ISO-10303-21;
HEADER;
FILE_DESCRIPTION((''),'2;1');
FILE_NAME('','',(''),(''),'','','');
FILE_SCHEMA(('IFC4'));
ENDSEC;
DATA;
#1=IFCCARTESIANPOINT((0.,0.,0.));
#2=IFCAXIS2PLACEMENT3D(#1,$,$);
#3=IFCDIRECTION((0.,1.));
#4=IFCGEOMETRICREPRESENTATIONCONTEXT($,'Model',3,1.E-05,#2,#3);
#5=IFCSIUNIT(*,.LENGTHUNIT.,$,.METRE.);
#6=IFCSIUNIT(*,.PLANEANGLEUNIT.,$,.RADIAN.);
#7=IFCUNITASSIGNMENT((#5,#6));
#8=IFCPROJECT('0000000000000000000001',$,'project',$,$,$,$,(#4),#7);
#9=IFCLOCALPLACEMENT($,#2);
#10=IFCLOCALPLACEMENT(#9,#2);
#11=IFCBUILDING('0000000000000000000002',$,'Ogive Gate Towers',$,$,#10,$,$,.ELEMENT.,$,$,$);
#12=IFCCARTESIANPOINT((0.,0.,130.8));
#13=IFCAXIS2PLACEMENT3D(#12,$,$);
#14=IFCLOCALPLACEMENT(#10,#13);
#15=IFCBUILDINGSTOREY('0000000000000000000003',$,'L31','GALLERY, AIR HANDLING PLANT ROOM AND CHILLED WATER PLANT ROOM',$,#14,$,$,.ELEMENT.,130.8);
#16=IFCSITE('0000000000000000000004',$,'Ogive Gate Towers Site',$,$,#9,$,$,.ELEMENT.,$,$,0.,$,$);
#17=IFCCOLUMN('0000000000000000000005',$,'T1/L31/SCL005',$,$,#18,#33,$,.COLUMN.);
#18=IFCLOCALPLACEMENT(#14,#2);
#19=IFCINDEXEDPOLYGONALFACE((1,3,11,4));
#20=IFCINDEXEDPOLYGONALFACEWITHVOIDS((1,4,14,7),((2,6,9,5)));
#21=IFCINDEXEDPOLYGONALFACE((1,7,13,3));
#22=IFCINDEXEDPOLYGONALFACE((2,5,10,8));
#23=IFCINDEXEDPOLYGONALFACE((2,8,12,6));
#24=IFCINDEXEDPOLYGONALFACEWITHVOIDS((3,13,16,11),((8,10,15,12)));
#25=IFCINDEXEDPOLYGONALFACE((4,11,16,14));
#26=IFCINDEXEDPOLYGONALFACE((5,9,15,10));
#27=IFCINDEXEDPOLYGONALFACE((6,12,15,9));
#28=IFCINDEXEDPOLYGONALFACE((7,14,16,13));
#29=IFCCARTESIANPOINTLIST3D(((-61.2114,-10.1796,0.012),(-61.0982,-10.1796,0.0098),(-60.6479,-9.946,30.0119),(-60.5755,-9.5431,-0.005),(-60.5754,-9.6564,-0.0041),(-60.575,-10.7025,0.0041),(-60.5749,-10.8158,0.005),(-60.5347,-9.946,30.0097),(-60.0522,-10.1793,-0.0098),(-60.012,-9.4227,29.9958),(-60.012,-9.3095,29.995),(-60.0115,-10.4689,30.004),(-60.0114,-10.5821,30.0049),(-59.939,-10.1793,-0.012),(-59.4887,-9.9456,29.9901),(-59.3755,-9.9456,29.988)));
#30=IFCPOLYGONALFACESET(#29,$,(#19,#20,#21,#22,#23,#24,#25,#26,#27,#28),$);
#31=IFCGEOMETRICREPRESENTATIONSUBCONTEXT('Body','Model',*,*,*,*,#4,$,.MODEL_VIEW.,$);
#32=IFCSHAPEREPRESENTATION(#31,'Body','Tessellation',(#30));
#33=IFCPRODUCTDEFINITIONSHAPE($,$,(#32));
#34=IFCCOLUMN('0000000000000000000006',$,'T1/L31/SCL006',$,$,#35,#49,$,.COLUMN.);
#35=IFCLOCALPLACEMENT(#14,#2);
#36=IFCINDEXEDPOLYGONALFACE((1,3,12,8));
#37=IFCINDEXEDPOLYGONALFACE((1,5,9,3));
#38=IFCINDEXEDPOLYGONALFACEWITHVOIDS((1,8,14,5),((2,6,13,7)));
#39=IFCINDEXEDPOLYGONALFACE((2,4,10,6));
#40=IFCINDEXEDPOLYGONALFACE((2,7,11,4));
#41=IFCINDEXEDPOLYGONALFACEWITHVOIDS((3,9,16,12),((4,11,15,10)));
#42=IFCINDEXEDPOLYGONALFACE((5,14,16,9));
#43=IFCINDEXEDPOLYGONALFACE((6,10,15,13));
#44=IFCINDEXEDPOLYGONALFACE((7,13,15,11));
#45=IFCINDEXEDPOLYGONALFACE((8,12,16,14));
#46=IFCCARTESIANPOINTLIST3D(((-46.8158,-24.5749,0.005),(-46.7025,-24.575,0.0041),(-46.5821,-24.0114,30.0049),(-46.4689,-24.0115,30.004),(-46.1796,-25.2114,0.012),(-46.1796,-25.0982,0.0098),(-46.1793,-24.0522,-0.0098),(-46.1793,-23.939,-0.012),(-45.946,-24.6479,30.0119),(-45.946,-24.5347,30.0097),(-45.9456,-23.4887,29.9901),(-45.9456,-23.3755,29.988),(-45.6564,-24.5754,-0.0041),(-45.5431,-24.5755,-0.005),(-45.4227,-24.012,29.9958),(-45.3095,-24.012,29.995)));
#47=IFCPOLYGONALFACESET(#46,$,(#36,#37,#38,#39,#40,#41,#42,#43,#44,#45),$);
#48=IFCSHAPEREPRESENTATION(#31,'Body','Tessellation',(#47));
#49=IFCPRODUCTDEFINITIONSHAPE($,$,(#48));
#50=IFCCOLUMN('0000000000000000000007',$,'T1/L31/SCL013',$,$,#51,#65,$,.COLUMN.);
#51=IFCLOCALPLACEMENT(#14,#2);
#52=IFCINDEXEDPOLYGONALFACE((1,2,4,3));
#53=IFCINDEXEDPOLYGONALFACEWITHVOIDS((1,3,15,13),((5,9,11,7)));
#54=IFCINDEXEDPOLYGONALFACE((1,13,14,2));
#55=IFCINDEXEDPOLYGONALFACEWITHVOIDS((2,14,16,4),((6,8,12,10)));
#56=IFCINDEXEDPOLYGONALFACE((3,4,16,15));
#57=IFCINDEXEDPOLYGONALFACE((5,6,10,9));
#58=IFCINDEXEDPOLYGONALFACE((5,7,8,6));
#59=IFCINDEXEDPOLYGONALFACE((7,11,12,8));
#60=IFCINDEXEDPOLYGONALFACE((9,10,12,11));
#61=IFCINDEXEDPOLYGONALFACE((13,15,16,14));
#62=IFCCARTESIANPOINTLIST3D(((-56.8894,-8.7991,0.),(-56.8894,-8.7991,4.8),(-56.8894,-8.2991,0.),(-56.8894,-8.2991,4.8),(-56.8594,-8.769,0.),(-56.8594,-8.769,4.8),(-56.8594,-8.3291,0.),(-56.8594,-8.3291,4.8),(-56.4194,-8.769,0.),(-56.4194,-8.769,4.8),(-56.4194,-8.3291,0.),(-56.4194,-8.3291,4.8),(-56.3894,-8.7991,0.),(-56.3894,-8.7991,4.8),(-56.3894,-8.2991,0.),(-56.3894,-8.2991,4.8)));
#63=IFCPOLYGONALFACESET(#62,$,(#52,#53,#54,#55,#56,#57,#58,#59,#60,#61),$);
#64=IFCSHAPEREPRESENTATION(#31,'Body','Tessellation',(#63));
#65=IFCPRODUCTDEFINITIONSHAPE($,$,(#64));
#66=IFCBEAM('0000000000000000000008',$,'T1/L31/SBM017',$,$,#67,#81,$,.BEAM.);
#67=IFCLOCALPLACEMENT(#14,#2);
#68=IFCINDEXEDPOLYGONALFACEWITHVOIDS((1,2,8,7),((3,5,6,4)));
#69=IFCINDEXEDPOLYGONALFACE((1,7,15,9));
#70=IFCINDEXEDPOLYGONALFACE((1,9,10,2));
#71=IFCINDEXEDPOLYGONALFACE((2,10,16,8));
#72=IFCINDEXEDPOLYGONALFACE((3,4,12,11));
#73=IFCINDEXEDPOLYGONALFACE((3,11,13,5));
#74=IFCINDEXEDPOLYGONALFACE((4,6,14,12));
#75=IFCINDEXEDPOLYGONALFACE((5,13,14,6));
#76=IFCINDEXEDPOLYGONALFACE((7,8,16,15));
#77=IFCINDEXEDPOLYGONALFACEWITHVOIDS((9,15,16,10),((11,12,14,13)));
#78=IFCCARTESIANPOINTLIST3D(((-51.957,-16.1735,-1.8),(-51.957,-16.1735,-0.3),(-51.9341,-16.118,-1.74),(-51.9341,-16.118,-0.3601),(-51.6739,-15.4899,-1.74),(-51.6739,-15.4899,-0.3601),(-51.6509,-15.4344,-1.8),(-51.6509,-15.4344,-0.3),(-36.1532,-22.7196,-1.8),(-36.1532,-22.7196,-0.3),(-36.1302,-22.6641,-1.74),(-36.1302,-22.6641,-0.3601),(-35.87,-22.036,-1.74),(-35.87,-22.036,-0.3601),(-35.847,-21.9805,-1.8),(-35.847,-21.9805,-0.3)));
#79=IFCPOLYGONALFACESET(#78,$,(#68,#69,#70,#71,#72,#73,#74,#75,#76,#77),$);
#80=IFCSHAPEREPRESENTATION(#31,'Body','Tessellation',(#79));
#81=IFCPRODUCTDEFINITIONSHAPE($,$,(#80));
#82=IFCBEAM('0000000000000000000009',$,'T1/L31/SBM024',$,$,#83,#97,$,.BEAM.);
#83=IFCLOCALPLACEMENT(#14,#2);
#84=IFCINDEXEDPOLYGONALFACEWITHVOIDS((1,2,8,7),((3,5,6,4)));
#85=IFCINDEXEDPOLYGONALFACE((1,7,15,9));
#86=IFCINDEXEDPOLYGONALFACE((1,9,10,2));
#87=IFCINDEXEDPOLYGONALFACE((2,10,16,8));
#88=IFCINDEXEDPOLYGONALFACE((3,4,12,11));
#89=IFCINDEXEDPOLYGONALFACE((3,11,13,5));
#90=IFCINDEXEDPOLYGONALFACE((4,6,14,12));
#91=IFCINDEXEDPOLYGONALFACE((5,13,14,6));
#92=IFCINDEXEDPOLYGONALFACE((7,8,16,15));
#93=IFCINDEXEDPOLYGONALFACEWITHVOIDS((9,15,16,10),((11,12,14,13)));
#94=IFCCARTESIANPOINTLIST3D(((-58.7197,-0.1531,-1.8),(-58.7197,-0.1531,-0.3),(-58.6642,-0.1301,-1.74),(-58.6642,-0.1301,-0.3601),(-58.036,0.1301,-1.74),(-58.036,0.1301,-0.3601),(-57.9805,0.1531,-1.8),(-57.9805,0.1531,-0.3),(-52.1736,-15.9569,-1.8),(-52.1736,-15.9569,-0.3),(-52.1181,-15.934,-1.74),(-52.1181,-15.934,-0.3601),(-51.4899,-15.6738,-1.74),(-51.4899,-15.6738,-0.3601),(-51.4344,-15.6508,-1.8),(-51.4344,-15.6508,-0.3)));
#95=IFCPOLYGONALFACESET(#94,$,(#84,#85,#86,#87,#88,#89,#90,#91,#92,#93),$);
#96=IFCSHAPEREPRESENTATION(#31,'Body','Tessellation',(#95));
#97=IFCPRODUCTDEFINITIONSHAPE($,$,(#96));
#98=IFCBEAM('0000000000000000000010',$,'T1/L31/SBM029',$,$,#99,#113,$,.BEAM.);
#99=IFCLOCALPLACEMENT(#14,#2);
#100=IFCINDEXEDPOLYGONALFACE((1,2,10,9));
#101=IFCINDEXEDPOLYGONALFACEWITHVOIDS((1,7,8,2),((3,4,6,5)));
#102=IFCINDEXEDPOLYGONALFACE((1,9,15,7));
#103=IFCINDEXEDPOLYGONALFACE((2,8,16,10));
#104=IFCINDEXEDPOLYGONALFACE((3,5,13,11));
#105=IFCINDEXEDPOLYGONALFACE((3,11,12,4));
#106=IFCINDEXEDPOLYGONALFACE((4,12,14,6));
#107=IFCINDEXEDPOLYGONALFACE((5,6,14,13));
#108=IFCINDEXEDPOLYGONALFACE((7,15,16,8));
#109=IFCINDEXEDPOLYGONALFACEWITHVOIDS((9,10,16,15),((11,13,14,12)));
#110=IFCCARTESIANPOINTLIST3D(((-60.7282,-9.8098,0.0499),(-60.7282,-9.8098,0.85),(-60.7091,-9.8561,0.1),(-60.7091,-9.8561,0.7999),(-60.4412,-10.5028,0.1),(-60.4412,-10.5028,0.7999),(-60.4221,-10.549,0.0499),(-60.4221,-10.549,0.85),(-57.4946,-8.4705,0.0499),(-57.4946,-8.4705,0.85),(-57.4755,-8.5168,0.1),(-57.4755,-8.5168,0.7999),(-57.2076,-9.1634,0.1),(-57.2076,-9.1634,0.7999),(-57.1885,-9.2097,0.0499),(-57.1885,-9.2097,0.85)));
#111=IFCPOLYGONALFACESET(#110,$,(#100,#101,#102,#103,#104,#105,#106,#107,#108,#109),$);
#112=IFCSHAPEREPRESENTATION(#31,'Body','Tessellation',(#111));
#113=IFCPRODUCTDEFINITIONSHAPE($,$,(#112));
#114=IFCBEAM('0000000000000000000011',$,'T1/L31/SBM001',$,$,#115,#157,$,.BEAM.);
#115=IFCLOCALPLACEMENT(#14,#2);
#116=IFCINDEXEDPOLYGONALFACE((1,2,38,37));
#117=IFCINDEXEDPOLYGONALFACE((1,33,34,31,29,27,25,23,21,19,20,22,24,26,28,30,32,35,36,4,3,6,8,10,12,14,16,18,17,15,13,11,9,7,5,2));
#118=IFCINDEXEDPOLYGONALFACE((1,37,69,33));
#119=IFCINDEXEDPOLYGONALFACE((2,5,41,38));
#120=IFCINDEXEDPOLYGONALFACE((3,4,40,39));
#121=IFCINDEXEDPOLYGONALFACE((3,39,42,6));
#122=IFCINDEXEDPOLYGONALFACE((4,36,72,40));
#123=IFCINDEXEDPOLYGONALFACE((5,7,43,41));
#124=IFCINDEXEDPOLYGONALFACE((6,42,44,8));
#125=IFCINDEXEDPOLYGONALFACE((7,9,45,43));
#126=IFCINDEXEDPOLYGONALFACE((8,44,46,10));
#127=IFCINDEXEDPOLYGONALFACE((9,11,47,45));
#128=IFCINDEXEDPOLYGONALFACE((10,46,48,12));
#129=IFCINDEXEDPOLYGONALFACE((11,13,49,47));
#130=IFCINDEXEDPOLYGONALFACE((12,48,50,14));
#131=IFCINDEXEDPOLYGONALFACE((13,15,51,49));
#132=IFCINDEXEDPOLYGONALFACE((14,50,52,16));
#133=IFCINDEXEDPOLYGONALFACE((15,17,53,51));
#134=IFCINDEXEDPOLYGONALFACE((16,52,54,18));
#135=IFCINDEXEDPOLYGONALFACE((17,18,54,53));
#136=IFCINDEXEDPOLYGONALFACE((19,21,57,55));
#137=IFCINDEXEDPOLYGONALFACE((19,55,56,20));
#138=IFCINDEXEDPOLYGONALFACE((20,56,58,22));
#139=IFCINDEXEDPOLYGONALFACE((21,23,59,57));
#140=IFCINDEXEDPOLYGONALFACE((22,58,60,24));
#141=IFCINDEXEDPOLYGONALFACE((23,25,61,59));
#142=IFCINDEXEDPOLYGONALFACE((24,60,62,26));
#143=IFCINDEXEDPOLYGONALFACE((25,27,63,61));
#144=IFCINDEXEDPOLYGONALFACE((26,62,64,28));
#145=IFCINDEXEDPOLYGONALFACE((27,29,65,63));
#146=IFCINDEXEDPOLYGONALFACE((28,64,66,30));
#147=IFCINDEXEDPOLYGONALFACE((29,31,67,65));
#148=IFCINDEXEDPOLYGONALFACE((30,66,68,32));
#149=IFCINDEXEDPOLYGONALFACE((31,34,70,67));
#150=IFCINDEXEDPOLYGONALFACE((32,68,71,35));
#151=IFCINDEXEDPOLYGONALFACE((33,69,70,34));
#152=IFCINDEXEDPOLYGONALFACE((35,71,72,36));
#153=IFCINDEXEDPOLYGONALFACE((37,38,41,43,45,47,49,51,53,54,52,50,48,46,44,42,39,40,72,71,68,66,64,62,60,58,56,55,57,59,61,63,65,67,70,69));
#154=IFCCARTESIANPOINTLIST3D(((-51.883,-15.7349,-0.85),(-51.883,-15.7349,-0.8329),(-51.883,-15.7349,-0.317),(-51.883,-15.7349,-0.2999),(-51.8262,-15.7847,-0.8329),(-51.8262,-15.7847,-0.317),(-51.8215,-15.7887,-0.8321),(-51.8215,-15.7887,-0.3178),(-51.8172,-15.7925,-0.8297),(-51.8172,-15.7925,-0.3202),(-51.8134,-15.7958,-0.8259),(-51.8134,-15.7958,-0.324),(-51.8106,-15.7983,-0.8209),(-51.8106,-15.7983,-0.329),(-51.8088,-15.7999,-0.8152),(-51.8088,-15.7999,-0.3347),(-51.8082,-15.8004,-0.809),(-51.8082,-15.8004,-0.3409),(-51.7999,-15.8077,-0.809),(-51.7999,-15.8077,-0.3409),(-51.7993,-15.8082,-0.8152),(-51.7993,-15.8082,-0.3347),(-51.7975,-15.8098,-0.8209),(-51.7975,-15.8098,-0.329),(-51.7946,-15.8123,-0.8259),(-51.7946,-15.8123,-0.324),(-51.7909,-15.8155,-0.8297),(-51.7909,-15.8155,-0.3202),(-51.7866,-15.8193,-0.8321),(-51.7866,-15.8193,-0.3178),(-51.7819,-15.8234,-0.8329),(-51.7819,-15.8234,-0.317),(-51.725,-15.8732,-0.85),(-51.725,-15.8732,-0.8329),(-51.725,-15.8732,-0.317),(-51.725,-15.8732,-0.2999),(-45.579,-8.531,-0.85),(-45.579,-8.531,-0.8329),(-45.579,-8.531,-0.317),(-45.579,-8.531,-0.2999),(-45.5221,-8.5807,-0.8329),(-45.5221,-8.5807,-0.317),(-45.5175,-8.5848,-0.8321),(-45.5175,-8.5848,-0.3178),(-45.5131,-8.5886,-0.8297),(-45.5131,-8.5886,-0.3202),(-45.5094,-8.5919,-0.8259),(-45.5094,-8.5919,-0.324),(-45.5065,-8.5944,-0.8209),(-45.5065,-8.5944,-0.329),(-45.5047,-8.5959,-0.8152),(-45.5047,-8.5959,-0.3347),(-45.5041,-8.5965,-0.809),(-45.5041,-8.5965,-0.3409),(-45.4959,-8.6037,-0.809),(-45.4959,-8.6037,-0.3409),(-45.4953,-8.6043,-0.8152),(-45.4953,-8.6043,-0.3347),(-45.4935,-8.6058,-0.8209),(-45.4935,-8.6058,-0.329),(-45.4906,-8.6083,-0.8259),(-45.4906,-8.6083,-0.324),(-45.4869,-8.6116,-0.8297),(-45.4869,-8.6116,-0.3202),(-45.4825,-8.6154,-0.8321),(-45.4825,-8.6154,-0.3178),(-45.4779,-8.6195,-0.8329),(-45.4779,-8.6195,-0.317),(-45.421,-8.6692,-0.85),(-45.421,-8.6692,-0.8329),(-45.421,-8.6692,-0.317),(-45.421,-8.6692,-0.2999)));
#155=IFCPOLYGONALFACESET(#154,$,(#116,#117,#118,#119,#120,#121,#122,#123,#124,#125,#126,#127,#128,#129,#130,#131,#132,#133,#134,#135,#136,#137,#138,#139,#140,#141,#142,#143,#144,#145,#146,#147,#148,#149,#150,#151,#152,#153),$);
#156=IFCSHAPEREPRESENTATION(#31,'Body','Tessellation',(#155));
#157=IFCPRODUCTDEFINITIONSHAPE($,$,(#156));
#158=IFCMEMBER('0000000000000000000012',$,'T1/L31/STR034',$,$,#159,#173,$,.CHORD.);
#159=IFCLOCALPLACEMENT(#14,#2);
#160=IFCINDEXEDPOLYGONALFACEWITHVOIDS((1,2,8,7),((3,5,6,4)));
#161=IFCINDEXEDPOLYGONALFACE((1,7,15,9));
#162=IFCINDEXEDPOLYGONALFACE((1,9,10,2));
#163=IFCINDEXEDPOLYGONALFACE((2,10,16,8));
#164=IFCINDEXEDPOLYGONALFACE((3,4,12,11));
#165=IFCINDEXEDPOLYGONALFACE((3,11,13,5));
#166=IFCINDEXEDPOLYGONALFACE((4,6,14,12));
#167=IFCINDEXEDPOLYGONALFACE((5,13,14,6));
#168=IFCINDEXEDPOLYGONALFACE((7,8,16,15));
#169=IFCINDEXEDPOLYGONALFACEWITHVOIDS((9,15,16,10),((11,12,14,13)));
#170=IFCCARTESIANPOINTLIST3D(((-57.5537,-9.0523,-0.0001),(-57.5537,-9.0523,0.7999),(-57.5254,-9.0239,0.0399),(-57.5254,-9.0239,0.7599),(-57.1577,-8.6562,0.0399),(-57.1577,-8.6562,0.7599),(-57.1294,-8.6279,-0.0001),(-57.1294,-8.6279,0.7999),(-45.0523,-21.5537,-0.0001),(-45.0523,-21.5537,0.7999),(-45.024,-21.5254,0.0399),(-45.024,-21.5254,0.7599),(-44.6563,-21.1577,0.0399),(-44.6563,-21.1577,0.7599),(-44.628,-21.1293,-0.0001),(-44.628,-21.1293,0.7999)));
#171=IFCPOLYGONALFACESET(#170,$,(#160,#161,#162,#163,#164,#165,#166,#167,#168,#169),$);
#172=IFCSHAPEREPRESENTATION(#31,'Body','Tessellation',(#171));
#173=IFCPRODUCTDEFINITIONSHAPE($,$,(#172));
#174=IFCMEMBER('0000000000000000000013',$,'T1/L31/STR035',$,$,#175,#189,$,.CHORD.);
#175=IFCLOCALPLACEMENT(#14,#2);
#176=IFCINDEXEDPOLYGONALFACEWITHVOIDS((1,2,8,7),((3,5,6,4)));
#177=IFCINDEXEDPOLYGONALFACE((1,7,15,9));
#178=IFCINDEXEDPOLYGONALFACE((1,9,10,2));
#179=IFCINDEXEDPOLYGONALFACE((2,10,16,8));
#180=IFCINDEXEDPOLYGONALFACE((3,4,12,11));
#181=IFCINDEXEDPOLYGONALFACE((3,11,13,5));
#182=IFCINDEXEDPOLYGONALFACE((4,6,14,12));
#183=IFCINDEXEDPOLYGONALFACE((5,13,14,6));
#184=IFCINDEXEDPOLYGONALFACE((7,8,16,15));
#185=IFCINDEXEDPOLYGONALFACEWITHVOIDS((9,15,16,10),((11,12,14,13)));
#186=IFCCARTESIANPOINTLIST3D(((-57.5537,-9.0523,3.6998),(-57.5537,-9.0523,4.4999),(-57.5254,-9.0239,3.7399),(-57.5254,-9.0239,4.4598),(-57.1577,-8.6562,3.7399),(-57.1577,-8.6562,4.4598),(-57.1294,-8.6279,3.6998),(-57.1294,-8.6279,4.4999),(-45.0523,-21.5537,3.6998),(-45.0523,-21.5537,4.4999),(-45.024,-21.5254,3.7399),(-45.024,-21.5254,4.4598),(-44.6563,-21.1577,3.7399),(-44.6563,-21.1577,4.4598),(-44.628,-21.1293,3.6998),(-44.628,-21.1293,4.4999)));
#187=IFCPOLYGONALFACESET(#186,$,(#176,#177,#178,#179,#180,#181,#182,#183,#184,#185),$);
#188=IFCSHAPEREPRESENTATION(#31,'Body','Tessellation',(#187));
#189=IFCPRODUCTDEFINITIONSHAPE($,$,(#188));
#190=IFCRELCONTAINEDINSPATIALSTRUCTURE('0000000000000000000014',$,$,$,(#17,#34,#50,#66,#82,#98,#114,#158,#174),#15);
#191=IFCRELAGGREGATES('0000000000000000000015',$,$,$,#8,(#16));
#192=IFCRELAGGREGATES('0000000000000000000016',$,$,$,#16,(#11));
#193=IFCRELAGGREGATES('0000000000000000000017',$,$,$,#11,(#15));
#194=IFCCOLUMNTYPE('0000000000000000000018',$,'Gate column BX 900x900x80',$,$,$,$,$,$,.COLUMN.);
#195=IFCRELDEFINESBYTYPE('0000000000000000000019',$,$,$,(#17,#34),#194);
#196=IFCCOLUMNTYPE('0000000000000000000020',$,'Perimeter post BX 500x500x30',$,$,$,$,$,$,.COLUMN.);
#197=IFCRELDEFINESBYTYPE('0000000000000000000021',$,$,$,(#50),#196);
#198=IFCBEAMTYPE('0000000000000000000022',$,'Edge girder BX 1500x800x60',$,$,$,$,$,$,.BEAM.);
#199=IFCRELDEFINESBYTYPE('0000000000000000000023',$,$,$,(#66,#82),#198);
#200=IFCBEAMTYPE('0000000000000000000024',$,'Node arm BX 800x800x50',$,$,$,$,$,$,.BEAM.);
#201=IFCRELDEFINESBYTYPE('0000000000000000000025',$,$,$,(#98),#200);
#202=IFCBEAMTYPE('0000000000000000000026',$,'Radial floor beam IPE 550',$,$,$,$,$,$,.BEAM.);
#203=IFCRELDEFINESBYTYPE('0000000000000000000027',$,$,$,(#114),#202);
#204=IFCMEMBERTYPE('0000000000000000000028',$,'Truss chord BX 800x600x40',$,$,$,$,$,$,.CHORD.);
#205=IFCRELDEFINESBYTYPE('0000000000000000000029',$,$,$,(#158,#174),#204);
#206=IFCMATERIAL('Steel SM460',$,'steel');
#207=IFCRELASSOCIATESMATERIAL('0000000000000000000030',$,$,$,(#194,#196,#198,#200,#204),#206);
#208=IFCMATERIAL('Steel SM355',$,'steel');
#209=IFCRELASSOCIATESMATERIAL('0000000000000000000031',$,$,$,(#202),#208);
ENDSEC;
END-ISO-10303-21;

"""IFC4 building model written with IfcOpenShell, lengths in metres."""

from ifc_helpers import new_model, si_unit, direction, frame, origin, origin_2d, place, context, subcontext, project, spatial, hollow_rectangle, i_section, extrude, material, material_profile, profile_set, type_object, element, save


model = new_model("IFC4")

# Units and contexts
model_context = context("Model", 3, precision=1e-05, world=origin(), true_north=direction((0.0, 1.0)))
body_context = subcontext(model_context, "Body", "Model", "MODEL_VIEW")
ifc_project = project(units=[si_unit("LENGTHUNIT", "METRE"), si_unit("PLANEANGLEUNIT", "RADIAN")], contexts=[model_context])

# Site, building, storey
site_placement = place(None, origin())
site = spatial("IfcSite", under=ifc_project, at=site_placement, Name="Ogive Gate Towers Site", CompositionType="ELEMENT", RefElevation=0.0)
building_placement = place(site_placement, origin())
building = spatial("IfcBuilding", under=site, at=building_placement, Name="Ogive Gate Towers", CompositionType="ELEMENT")
storey_placement = place(building_placement, frame((0.0, 0.0, 130.8)))
storey = spatial("IfcBuildingStorey", under=building, at=storey_placement, Name="L31", Description="GALLERY, AIR HANDLING PLANT ROOM AND CHILLED WATER PLANT ROOM", CompositionType="ELEMENT", Elevation=130.8)

# Columns
ifc_material_1 = material(Name="Steel SM460", Category="steel")
ifc_material_profile_1 = material_profile(ifc_material_1, hollow_rectangle(XDim=0.8999, YDim=0.8999, WallThickness=0.0801, at=origin_2d()), Name="BX 900x900x80")
ifc_profile_set_1 = profile_set([ifc_material_profile_1], Name="Steel SM460")
column_type_1 = type_object("IfcColumnType", Name="Gate column BX 900x900x80", PredefinedType="COLUMN", material=ifc_profile_set_1)
for number, where, z_axis, x_axis, name in (
    (1, (-60.5752, -10.1794, 0.0), (0.018779, 0.007786, 0.999793), (0.707294, -0.706877, -0.00778), "T1/L31/SCL005"),
    (2, (-46.1794, -24.5752, 0.0), (0.007786, 0.018779, 0.999793), (0.707294, 0.70667, -0.018782), "T1/L31/SCL006"),
):
    element("IfcColumn", number, at=place(storey_placement, frame(where, z_axis=z_axis, x_axis=x_axis)), inside=storey, type_object=column_type_1, Name=name, PredefinedType="COLUMN", context=body_context, shape_type="SweptSolid", body=[
        extrude(hollow_rectangle(XDim=0.8999, YDim=0.8999, WallThickness=0.0801, at=origin_2d()), origin(), (0.0, 0.0, 1.0), 30.0061),
    ])
ifc_material_profile_2 = material_profile(ifc_material_1, hollow_rectangle(XDim=0.5, YDim=0.5, WallThickness=0.03, at=origin_2d()), Name="BX 500x500x30")
ifc_profile_set_2 = profile_set([ifc_material_profile_2], Name="Steel SM460")
column_type_2 = type_object("IfcColumnType", Name="Perimeter post BX 500x500x30", PredefinedType="COLUMN", material=ifc_profile_set_2)
column_placement = place(storey_placement, frame((-56.6394, -8.5491, 0.0), z_axis=(0.0, 0.0, 1.0), x_axis=(1.0, 0.0, 0.0)))
element("IfcColumn", 3, at=column_placement, inside=storey, type_object=column_type_2, Name="T1/L31/SCL013", PredefinedType="COLUMN", context=body_context, shape_type="SweptSolid", body=[
    extrude(hollow_rectangle(XDim=0.5, YDim=0.5, WallThickness=0.03, at=origin_2d()), origin(), (0.0, 0.0, 1.0), 4.8),
])

# Beams
ifc_material_profile_3 = material_profile(ifc_material_1, hollow_rectangle(XDim=0.8, YDim=1.5, WallThickness=0.0601, at=origin_2d()), Name="BX 1500x800x60")
ifc_profile_set_3 = profile_set([ifc_material_profile_3], Name="Steel SM460")
beam_type_1 = type_object("IfcBeamType", Name="Edge girder BX 1500x800x60", PredefinedType="BEAM", material=ifc_profile_set_3)
for number, where, z_axis, x_axis, name in (
    (4, (-51.804, -15.804, -1.05), (0.923881, -0.38268, 0.0), (0.38268, 0.923881, 0.0), "T1/L31/SBM017"),
    (5, (-58.3501, 0.0, -1.05), (0.38268, -0.923881, 0.0), (0.923881, 0.38268, 0.0), "T1/L31/SBM024"),
):
    element("IfcBeam", number, at=place(storey_placement, frame(where, z_axis=z_axis, x_axis=x_axis)), inside=storey, type_object=beam_type_1, Name=name, PredefinedType="BEAM", context=body_context, shape_type="SweptSolid", body=[
        extrude(hollow_rectangle(XDim=0.8, YDim=1.5, WallThickness=0.0601, at=origin_2d()), origin(), (0.0, 0.0, 1.0), 17.106),
    ])
ifc_material_profile_4 = material_profile(ifc_material_1, hollow_rectangle(XDim=0.8, YDim=0.8, WallThickness=0.05, at=origin_2d()), Name="BX 800x800x50")
ifc_profile_set_4 = profile_set([ifc_material_profile_4], Name="Steel SM460")
beam_type_2 = type_object("IfcBeamType", Name="Node arm BX 800x800x50", PredefinedType="BEAM", material=ifc_profile_set_4)
beam_1_placement = place(storey_placement, frame((-57.3416, -8.8401, 0.45), z_axis=(-0.923886, -0.382668, 0.0), x_axis=(0.382668, -0.923886, 0.0)))
element("IfcBeam", 6, at=beam_1_placement, inside=storey, type_object=beam_type_2, Name="T1/L31/SBM029", PredefinedType="BEAM", context=body_context, shape_type="SweptSolid", body=[
    extrude(hollow_rectangle(XDim=0.8, YDim=0.8, WallThickness=0.05, at=origin_2d()), origin(), (0.0, 0.0, 1.0), 3.5),
])
ifc_material_2 = material(Name="Steel SM355", Category="steel")
ifc_material_profile_5 = material_profile(ifc_material_2, i_section(OverallWidth=0.21, OverallDepth=0.55, WebThickness=0.011, FlangeThickness=0.0171, FilletRadius=0.0239, at=origin_2d()), Name="IPE 550")
ifc_profile_set_5 = profile_set([ifc_material_profile_5], Name="Steel SM355")
beam_type_3 = type_object("IfcBeamType", Name="Radial floor beam IPE 550", PredefinedType="BEAM", material=ifc_profile_set_5)
beam_2_placement = place(storey_placement, frame((-45.5, -8.6001, -0.575), z_axis=(-0.658539, -0.752547, 0.0), x_axis=(0.752547, -0.658539, 0.0)))
element("IfcBeam", 7, at=beam_2_placement, inside=storey, type_object=beam_type_3, Name="T1/L31/SBM001", PredefinedType="BEAM", context=body_context, shape_type="SweptSolid", body=[
    extrude(i_section(OverallWidth=0.21, OverallDepth=0.55, WebThickness=0.011, FlangeThickness=0.0171, FilletRadius=0.0239, at=origin_2d()), origin(), (0.0, 0.0, 1.0), 9.5728),
])

# Members
ifc_material_profile_6 = material_profile(ifc_material_1, hollow_rectangle(XDim=0.6001, YDim=0.8, WallThickness=0.04, at=origin_2d()), Name="BX 800x600x40")
ifc_profile_set_6 = profile_set([ifc_material_profile_6], Name="Steel SM460")
member_type_1 = type_object("IfcMemberType", Name="Truss chord BX 800x600x40", PredefinedType="CHORD", material=ifc_profile_set_6)
for number, where, z_axis, x_axis, name in (
    (8, (-57.3416, -8.8401, 0.3999), (0.707107, -0.707107, 0.0), (0.707107, 0.707107, 0.0), "T1/L31/STR034"),
    (9, (-57.3416, -8.8401, 4.0999), (0.707107, -0.707107, 0.0), (0.707107, 0.707107, 0.0), "T1/L31/STR035"),
):
    element("IfcMember", number, at=place(storey_placement, frame(where, z_axis=z_axis, x_axis=x_axis)), inside=storey, type_object=member_type_1, Name=name, PredefinedType="CHORD", context=body_context, shape_type="SweptSolid", body=[
        extrude(hollow_rectangle(XDim=0.6001, YDim=0.8, WallThickness=0.04, at=origin_2d()), origin(), (0.0, 0.0, 1.0), 17.6797),
    ])

save(model, "model.ifc")
